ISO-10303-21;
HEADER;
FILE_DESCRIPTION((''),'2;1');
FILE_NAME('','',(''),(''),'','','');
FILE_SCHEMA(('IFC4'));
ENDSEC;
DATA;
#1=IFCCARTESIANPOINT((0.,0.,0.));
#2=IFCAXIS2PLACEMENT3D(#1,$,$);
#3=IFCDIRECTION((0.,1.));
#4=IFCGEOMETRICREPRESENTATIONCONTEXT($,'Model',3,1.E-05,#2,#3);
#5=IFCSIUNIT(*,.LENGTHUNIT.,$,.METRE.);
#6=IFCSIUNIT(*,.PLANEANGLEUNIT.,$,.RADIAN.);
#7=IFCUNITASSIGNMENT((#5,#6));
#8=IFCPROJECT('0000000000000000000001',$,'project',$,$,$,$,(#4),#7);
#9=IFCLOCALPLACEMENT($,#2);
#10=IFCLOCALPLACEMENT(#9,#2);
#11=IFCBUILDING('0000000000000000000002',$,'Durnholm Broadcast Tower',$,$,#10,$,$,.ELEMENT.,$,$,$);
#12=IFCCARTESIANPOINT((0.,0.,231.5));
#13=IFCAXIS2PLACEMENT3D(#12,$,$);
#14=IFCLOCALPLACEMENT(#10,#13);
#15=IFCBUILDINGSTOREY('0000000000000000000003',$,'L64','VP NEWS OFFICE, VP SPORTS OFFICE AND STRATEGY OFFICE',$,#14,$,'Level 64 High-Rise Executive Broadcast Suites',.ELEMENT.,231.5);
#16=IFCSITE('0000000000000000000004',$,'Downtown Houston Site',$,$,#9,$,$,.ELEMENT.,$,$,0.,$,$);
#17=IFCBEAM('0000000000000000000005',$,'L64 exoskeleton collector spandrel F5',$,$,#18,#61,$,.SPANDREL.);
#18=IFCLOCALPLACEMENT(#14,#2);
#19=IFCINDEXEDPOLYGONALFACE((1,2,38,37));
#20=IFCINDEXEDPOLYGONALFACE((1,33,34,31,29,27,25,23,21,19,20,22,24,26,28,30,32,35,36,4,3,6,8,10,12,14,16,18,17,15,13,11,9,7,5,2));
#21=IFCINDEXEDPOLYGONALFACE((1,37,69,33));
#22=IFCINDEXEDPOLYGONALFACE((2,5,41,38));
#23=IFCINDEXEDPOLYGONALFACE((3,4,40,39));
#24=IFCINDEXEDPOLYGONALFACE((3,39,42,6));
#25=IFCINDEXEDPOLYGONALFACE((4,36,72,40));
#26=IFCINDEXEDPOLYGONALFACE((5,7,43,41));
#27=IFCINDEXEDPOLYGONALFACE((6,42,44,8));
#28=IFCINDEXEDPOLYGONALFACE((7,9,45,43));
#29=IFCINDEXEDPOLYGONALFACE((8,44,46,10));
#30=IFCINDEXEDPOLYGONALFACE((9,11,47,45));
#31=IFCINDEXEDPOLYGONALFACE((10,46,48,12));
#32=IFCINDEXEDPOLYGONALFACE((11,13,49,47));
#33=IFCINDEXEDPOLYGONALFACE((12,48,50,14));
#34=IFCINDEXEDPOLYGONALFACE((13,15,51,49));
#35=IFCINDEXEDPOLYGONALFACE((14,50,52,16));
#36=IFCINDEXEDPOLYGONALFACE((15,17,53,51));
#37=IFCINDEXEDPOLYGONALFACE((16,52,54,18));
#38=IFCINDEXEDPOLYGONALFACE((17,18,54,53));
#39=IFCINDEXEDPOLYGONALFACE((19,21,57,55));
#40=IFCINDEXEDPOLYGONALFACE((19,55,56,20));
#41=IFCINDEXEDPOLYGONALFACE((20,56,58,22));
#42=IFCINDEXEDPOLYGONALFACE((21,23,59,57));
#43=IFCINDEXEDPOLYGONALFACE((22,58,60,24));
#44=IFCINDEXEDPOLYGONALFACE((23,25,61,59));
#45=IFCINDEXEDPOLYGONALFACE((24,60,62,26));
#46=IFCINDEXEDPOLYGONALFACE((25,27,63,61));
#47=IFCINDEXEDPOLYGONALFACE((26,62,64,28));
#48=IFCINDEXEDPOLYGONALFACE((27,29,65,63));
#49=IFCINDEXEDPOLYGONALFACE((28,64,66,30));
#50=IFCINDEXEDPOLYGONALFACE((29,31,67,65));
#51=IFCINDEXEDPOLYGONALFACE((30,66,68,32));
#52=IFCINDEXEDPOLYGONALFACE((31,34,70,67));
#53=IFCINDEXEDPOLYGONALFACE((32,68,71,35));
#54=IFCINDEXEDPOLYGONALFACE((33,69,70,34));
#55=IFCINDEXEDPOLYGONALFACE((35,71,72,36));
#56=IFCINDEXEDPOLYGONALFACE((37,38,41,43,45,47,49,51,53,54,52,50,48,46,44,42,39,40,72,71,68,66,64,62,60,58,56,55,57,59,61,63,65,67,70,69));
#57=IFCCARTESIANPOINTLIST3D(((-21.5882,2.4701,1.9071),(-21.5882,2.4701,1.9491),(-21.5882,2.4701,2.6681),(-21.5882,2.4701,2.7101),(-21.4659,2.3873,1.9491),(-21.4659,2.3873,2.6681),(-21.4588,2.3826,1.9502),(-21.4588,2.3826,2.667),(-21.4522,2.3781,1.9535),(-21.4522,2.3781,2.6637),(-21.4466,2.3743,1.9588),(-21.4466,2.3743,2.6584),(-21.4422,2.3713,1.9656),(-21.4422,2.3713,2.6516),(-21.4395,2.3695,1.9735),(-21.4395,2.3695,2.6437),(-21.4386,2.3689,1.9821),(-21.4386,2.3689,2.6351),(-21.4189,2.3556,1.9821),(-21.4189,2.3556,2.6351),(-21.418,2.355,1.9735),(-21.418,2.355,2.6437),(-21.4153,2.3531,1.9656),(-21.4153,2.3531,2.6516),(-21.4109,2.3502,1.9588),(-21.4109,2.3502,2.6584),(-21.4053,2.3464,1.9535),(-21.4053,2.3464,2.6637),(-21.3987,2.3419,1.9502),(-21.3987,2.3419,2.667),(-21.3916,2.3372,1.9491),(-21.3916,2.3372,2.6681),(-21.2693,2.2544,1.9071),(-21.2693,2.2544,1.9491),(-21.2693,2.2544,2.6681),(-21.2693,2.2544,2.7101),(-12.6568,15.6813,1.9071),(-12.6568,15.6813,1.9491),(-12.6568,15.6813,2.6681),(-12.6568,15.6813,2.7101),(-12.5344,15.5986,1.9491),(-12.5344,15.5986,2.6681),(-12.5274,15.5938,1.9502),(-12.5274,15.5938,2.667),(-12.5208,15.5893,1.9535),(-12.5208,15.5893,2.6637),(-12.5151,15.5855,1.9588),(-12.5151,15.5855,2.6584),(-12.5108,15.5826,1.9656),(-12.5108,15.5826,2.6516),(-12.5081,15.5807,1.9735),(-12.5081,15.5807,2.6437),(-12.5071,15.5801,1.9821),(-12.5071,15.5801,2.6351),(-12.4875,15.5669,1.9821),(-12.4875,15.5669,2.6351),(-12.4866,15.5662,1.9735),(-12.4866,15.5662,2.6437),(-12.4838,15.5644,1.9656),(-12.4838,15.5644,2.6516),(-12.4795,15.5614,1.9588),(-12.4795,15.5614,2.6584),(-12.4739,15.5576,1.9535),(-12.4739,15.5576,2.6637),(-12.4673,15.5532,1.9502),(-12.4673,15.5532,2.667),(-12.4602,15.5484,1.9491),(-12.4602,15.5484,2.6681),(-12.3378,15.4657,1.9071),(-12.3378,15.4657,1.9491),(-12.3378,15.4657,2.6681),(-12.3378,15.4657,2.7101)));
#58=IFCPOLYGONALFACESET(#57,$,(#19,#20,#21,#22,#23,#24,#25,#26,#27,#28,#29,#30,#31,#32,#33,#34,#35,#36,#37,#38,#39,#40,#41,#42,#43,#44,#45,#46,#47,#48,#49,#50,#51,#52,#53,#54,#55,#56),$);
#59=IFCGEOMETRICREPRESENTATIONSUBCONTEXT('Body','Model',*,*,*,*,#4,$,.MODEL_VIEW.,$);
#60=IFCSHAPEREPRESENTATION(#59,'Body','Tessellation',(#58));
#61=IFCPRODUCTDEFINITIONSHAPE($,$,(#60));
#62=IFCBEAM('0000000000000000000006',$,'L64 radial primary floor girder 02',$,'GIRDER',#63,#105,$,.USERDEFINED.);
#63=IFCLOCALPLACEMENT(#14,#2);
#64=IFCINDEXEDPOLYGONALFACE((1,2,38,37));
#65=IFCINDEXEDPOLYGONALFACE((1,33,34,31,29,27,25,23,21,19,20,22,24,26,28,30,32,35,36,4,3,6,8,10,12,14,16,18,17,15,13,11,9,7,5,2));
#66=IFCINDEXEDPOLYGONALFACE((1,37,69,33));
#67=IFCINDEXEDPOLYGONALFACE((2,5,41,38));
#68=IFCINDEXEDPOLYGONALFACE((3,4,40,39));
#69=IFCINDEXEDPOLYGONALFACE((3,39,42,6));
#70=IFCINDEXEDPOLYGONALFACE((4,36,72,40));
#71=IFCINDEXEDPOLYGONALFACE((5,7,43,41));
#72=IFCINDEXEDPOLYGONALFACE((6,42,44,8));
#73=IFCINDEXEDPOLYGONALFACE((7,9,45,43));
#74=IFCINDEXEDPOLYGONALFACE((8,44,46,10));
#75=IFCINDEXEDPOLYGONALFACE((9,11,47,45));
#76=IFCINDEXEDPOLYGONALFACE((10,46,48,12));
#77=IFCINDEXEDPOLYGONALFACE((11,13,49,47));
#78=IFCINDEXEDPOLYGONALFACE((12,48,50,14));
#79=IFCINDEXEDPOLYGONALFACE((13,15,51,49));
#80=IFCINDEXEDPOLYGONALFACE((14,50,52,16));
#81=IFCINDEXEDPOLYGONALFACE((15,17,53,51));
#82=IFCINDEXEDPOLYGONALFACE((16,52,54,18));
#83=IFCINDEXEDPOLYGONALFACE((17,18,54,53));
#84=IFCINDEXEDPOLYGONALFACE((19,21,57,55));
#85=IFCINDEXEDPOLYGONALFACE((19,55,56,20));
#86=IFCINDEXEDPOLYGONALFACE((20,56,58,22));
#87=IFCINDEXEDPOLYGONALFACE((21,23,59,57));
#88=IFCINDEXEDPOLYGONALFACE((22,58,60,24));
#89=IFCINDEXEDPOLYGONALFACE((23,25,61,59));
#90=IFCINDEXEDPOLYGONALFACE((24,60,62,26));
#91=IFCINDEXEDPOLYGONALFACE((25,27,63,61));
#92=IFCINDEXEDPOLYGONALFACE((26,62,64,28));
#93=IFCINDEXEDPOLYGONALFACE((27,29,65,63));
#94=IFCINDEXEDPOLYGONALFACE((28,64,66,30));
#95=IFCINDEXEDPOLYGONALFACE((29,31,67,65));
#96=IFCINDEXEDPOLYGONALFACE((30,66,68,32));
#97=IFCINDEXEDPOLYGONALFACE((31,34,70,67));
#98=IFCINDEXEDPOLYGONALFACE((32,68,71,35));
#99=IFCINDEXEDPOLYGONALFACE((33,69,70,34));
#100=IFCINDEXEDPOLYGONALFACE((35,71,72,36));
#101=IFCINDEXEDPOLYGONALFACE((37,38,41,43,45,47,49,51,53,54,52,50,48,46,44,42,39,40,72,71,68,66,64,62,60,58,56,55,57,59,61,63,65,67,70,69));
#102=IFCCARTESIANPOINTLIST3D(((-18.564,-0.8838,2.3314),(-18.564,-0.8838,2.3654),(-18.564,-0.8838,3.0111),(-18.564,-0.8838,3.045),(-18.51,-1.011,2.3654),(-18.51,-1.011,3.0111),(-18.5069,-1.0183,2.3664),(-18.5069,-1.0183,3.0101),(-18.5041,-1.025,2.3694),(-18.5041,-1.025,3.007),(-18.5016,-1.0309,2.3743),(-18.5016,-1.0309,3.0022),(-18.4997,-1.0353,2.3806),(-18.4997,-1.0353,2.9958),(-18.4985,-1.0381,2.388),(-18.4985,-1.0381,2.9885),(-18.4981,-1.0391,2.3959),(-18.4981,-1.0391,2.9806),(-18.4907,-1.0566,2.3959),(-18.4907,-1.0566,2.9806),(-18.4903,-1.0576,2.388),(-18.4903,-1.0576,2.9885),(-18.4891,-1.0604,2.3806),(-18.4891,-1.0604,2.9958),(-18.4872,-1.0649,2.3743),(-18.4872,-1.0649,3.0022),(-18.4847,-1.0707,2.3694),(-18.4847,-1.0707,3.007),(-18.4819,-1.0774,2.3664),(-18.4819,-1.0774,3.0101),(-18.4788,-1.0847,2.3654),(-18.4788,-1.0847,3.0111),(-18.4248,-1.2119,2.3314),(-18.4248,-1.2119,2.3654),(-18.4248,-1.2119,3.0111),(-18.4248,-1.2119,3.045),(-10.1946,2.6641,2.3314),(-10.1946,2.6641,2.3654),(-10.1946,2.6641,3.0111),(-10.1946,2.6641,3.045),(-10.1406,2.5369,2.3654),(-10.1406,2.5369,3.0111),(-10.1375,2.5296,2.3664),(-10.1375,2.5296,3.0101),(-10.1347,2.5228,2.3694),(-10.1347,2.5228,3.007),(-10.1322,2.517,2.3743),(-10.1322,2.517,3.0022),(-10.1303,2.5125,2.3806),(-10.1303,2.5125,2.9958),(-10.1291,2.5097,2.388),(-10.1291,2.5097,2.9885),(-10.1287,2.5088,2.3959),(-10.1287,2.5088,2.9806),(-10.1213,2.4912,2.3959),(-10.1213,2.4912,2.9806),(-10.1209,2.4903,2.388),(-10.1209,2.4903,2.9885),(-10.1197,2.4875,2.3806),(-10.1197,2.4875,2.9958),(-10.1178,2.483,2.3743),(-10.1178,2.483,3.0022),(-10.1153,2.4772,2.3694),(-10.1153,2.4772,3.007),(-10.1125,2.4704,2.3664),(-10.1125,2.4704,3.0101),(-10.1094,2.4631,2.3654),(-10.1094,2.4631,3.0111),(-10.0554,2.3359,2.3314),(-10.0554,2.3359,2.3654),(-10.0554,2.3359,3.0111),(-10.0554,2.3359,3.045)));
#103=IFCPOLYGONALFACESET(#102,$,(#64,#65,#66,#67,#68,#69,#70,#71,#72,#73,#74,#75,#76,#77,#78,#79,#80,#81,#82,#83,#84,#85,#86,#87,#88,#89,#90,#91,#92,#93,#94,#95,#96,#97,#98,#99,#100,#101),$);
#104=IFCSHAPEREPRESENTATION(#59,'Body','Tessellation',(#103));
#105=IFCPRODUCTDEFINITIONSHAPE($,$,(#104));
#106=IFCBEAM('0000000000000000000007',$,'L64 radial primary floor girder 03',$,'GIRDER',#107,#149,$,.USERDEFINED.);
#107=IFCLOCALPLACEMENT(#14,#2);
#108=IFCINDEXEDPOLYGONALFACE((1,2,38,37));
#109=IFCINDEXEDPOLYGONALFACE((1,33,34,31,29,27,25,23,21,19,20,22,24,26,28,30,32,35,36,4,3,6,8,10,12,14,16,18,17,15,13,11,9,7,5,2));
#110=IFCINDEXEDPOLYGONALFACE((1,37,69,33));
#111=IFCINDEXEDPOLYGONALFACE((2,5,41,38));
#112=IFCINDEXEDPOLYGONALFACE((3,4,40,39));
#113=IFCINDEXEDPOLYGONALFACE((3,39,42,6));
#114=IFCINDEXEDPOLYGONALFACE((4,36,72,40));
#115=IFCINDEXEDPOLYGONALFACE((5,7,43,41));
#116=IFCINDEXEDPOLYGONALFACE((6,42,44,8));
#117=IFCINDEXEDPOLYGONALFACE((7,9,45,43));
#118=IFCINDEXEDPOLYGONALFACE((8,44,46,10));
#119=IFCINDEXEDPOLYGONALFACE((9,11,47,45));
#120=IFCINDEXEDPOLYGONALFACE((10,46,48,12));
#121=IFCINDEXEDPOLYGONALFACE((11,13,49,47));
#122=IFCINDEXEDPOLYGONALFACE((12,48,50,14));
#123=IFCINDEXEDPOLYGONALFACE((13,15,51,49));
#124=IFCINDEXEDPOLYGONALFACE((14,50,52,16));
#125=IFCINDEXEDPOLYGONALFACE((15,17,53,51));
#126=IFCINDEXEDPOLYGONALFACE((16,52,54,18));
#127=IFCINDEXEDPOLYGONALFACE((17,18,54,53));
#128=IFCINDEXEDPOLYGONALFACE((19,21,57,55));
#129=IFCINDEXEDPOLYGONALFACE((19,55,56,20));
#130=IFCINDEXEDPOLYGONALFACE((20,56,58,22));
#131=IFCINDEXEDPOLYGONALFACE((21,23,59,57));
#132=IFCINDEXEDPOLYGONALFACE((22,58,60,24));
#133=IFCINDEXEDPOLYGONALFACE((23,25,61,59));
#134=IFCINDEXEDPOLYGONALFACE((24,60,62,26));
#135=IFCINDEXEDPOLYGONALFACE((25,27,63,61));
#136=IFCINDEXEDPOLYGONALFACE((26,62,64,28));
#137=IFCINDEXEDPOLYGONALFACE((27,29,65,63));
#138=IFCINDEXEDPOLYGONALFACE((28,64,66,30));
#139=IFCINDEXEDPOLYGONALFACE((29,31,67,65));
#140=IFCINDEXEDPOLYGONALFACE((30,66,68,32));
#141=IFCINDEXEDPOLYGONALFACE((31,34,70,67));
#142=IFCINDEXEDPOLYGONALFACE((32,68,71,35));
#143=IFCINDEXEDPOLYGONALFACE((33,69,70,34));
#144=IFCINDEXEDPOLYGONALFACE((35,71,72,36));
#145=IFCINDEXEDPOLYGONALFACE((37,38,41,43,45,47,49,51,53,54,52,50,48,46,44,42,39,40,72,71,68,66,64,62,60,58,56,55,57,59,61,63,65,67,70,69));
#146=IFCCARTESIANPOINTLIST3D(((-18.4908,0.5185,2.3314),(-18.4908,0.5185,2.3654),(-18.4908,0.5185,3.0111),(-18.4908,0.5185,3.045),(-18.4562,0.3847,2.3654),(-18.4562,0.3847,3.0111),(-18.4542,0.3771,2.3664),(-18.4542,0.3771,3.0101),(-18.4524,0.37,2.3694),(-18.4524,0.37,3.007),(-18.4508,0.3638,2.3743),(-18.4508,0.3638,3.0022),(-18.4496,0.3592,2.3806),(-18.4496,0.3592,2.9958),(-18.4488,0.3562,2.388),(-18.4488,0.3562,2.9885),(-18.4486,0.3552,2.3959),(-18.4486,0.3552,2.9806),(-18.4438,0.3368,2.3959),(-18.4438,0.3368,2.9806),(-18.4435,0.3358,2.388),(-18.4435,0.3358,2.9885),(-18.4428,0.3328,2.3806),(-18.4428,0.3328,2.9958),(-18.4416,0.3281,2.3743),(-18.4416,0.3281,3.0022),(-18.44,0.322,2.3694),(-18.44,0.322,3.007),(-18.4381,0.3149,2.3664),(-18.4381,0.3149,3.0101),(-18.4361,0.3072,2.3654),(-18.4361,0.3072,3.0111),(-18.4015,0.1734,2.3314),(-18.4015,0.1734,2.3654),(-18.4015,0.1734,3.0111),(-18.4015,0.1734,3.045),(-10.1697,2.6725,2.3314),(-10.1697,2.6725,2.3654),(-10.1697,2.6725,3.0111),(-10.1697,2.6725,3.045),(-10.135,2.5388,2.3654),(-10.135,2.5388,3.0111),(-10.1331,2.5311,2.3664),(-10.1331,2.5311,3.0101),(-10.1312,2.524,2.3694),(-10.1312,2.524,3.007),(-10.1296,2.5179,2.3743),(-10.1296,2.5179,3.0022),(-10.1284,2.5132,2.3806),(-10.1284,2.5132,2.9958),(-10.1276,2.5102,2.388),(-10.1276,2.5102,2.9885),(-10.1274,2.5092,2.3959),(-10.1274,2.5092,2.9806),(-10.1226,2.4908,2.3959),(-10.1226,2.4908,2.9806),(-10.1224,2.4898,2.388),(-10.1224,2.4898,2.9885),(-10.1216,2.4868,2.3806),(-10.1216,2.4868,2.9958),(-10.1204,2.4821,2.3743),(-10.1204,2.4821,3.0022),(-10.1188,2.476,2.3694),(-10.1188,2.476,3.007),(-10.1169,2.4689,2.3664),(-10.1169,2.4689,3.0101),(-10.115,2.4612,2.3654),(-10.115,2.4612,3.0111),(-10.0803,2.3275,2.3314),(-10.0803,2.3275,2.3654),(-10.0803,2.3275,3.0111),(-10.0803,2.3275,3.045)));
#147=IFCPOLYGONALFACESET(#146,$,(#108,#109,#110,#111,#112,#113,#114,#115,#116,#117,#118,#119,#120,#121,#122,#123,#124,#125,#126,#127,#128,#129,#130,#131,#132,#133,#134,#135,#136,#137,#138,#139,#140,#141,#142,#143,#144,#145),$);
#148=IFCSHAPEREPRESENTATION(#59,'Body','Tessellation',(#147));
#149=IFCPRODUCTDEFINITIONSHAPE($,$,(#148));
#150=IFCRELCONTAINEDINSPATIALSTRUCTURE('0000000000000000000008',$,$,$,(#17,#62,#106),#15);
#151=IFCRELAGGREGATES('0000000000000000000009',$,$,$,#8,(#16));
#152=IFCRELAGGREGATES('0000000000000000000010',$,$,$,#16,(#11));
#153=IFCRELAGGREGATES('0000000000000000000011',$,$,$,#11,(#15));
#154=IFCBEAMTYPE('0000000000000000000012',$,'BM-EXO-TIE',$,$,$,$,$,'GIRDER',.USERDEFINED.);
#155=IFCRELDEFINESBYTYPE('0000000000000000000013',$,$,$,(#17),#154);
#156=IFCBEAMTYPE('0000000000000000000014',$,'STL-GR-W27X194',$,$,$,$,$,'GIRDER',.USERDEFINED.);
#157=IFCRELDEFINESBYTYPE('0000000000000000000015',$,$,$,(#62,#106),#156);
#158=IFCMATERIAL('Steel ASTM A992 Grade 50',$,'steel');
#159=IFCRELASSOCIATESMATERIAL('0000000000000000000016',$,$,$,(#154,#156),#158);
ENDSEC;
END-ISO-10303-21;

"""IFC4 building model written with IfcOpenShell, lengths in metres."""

from ifc_helpers import new_model, si_unit, direction, frame, origin, origin_2d, place, context, subcontext, project, spatial, i_section, extrude, source, transform, mapped, material, material_profile, profile_set, type_object, element, save


model = new_model("IFC4")

# Units and contexts
model_context = context("Model", 3, precision=1e-05, world=origin(), true_north=direction((0.0, 1.0)))
body_context = subcontext(model_context, "Body", "Model", "MODEL_VIEW")
ifc_project = project(units=[si_unit("LENGTHUNIT", "METRE"), si_unit("PLANEANGLEUNIT", "RADIAN")], contexts=[model_context])

# Site, building, storey
site_placement = place(None, origin())
site = spatial("IfcSite", under=ifc_project, at=site_placement, Name="Downtown Houston Site", CompositionType="ELEMENT", RefElevation=0.0)
building_placement = place(site_placement, origin())
building = spatial("IfcBuilding", under=site, at=building_placement, Name="Durnholm Broadcast Tower", CompositionType="ELEMENT")
storey_placement = place(building_placement, frame((0.0, 0.0, 231.5)))
storey = spatial("IfcBuildingStorey", under=building, at=storey_placement, Name="L64", Description="VP NEWS OFFICE, VP SPORTS OFFICE AND STRATEGY OFFICE", LongName="Level 64 High-Rise Executive Broadcast Suites", CompositionType="ELEMENT", Elevation=231.5)

# Beams
ifc_material_1 = material(Name="Steel ASTM A992 Grade 50", Category="steel")
ifc_material_profile_1 = material_profile(ifc_material_1, i_section(OverallWidth=0.385, OverallDepth=0.803, WebThickness=0.0237, FlangeThickness=0.042, FilletRadius=0.033, at=origin_2d()), Name="W30X261")
ifc_profile_set_1 = profile_set([ifc_material_profile_1], Name="Steel ASTM A992 Grade 50")
beam_type_1 = type_object("IfcBeamType", Name="BM-EXO-TIE", ElementType="GIRDER", PredefinedType="USERDEFINED", material=ifc_profile_set_1)
ifc_material_profile_2 = material_profile(ifc_material_1, i_section(OverallWidth=0.3564, OverallDepth=0.7136, WebThickness=0.019, FlangeThickness=0.0339, FilletRadius=0.0305, at=origin_2d()), Name="W27X194")
ifc_profile_set_2 = profile_set([ifc_material_profile_2], Name="Steel ASTM A992 Grade 50")
beam_type_2 = type_object("IfcBeamType", Name="STL-GR-W27X194", ElementType="GIRDER", PredefinedType="USERDEFINED", material=ifc_profile_set_2)
shared_shape_1 = source(origin(), body_context, "Body", "SweptSolid", [
    extrude(i_section(OverallWidth=0.385, OverallDepth=0.803, WebThickness=0.0237, FlangeThickness=0.042, FilletRadius=0.033, at=origin_2d()), origin(), (0.0, 0.0, 1.0), 15.947),
])
beam_1_placement = place(storey_placement, frame((-12.4973, 15.5735, 2.3086), z_axis=(-0.560069, -0.828446, 0.0), x_axis=(0.828446, -0.560069, 0.0)))
element("IfcBeam", 1, at=beam_1_placement, inside=storey, type_object=beam_type_1, Name="L64 exoskeleton collector spandrel F5", PredefinedType="SPANDREL", context=body_context, shape_type="MappedRepresentation", body=[
    mapped(shared_shape_1, transform((0.0, 0.0, 0.0), x_axis=(1.0, 0.0, 0.0), y_axis=(0.0, 1.0, 0.0), z_axis=(0.0, 0.0, 1.0), scale=1.0)),
])
shared_shape_2 = source(origin(), body_context, "Body", "SweptSolid", [
    extrude(i_section(OverallWidth=0.3564, OverallDepth=0.7136, WebThickness=0.019, FlangeThickness=0.0339, FilletRadius=0.0305, at=origin_2d()), origin(), (0.0, 0.0, 1.0), 9.0903),
])
beam_2_placement = place(storey_placement, frame((-10.125, 2.5, 2.6882), z_axis=(-0.920692, -0.390289, 0.0), x_axis=(0.390289, -0.920692, 0.0)))
element("IfcBeam", 2, at=beam_2_placement, inside=storey, type_object=beam_type_2, Name="L64 radial primary floor girder 02", ObjectType="GIRDER", PredefinedType="USERDEFINED", context=body_context, shape_type="MappedRepresentation", body=[
    mapped(shared_shape_2, transform((0.0, 0.0, 0.0), x_axis=(1.0, 0.0, 0.0), y_axis=(0.0, 1.0, 0.0), z_axis=(0.0, 0.0, 1.0), scale=1.0)),
])
shared_shape_3 = source(origin(), body_context, "Body", "SweptSolid", [
    extrude(i_section(OverallWidth=0.3564, OverallDepth=0.7136, WebThickness=0.019, FlangeThickness=0.0339, FilletRadius=0.0305, at=origin_2d()), origin(), (0.0, 0.0, 1.0), 8.5955),
])
beam_3_placement = place(storey_placement, frame((-10.125, 2.5, 2.6882), z_axis=(-0.968091, -0.2506, 0.0), x_axis=(0.2506, -0.968091, 0.0)))
element("IfcBeam", 3, at=beam_3_placement, inside=storey, type_object=beam_type_2, Name="L64 radial primary floor girder 03", ObjectType="GIRDER", PredefinedType="USERDEFINED", context=body_context, shape_type="MappedRepresentation", body=[
    mapped(shared_shape_3, transform((0.0, 0.0, 0.0), x_axis=(1.0, 0.0, 0.0), y_axis=(0.0, 1.0, 0.0), z_axis=(0.0, 0.0, 1.0), scale=1.0)),
])

save(model, "model.ifc")
